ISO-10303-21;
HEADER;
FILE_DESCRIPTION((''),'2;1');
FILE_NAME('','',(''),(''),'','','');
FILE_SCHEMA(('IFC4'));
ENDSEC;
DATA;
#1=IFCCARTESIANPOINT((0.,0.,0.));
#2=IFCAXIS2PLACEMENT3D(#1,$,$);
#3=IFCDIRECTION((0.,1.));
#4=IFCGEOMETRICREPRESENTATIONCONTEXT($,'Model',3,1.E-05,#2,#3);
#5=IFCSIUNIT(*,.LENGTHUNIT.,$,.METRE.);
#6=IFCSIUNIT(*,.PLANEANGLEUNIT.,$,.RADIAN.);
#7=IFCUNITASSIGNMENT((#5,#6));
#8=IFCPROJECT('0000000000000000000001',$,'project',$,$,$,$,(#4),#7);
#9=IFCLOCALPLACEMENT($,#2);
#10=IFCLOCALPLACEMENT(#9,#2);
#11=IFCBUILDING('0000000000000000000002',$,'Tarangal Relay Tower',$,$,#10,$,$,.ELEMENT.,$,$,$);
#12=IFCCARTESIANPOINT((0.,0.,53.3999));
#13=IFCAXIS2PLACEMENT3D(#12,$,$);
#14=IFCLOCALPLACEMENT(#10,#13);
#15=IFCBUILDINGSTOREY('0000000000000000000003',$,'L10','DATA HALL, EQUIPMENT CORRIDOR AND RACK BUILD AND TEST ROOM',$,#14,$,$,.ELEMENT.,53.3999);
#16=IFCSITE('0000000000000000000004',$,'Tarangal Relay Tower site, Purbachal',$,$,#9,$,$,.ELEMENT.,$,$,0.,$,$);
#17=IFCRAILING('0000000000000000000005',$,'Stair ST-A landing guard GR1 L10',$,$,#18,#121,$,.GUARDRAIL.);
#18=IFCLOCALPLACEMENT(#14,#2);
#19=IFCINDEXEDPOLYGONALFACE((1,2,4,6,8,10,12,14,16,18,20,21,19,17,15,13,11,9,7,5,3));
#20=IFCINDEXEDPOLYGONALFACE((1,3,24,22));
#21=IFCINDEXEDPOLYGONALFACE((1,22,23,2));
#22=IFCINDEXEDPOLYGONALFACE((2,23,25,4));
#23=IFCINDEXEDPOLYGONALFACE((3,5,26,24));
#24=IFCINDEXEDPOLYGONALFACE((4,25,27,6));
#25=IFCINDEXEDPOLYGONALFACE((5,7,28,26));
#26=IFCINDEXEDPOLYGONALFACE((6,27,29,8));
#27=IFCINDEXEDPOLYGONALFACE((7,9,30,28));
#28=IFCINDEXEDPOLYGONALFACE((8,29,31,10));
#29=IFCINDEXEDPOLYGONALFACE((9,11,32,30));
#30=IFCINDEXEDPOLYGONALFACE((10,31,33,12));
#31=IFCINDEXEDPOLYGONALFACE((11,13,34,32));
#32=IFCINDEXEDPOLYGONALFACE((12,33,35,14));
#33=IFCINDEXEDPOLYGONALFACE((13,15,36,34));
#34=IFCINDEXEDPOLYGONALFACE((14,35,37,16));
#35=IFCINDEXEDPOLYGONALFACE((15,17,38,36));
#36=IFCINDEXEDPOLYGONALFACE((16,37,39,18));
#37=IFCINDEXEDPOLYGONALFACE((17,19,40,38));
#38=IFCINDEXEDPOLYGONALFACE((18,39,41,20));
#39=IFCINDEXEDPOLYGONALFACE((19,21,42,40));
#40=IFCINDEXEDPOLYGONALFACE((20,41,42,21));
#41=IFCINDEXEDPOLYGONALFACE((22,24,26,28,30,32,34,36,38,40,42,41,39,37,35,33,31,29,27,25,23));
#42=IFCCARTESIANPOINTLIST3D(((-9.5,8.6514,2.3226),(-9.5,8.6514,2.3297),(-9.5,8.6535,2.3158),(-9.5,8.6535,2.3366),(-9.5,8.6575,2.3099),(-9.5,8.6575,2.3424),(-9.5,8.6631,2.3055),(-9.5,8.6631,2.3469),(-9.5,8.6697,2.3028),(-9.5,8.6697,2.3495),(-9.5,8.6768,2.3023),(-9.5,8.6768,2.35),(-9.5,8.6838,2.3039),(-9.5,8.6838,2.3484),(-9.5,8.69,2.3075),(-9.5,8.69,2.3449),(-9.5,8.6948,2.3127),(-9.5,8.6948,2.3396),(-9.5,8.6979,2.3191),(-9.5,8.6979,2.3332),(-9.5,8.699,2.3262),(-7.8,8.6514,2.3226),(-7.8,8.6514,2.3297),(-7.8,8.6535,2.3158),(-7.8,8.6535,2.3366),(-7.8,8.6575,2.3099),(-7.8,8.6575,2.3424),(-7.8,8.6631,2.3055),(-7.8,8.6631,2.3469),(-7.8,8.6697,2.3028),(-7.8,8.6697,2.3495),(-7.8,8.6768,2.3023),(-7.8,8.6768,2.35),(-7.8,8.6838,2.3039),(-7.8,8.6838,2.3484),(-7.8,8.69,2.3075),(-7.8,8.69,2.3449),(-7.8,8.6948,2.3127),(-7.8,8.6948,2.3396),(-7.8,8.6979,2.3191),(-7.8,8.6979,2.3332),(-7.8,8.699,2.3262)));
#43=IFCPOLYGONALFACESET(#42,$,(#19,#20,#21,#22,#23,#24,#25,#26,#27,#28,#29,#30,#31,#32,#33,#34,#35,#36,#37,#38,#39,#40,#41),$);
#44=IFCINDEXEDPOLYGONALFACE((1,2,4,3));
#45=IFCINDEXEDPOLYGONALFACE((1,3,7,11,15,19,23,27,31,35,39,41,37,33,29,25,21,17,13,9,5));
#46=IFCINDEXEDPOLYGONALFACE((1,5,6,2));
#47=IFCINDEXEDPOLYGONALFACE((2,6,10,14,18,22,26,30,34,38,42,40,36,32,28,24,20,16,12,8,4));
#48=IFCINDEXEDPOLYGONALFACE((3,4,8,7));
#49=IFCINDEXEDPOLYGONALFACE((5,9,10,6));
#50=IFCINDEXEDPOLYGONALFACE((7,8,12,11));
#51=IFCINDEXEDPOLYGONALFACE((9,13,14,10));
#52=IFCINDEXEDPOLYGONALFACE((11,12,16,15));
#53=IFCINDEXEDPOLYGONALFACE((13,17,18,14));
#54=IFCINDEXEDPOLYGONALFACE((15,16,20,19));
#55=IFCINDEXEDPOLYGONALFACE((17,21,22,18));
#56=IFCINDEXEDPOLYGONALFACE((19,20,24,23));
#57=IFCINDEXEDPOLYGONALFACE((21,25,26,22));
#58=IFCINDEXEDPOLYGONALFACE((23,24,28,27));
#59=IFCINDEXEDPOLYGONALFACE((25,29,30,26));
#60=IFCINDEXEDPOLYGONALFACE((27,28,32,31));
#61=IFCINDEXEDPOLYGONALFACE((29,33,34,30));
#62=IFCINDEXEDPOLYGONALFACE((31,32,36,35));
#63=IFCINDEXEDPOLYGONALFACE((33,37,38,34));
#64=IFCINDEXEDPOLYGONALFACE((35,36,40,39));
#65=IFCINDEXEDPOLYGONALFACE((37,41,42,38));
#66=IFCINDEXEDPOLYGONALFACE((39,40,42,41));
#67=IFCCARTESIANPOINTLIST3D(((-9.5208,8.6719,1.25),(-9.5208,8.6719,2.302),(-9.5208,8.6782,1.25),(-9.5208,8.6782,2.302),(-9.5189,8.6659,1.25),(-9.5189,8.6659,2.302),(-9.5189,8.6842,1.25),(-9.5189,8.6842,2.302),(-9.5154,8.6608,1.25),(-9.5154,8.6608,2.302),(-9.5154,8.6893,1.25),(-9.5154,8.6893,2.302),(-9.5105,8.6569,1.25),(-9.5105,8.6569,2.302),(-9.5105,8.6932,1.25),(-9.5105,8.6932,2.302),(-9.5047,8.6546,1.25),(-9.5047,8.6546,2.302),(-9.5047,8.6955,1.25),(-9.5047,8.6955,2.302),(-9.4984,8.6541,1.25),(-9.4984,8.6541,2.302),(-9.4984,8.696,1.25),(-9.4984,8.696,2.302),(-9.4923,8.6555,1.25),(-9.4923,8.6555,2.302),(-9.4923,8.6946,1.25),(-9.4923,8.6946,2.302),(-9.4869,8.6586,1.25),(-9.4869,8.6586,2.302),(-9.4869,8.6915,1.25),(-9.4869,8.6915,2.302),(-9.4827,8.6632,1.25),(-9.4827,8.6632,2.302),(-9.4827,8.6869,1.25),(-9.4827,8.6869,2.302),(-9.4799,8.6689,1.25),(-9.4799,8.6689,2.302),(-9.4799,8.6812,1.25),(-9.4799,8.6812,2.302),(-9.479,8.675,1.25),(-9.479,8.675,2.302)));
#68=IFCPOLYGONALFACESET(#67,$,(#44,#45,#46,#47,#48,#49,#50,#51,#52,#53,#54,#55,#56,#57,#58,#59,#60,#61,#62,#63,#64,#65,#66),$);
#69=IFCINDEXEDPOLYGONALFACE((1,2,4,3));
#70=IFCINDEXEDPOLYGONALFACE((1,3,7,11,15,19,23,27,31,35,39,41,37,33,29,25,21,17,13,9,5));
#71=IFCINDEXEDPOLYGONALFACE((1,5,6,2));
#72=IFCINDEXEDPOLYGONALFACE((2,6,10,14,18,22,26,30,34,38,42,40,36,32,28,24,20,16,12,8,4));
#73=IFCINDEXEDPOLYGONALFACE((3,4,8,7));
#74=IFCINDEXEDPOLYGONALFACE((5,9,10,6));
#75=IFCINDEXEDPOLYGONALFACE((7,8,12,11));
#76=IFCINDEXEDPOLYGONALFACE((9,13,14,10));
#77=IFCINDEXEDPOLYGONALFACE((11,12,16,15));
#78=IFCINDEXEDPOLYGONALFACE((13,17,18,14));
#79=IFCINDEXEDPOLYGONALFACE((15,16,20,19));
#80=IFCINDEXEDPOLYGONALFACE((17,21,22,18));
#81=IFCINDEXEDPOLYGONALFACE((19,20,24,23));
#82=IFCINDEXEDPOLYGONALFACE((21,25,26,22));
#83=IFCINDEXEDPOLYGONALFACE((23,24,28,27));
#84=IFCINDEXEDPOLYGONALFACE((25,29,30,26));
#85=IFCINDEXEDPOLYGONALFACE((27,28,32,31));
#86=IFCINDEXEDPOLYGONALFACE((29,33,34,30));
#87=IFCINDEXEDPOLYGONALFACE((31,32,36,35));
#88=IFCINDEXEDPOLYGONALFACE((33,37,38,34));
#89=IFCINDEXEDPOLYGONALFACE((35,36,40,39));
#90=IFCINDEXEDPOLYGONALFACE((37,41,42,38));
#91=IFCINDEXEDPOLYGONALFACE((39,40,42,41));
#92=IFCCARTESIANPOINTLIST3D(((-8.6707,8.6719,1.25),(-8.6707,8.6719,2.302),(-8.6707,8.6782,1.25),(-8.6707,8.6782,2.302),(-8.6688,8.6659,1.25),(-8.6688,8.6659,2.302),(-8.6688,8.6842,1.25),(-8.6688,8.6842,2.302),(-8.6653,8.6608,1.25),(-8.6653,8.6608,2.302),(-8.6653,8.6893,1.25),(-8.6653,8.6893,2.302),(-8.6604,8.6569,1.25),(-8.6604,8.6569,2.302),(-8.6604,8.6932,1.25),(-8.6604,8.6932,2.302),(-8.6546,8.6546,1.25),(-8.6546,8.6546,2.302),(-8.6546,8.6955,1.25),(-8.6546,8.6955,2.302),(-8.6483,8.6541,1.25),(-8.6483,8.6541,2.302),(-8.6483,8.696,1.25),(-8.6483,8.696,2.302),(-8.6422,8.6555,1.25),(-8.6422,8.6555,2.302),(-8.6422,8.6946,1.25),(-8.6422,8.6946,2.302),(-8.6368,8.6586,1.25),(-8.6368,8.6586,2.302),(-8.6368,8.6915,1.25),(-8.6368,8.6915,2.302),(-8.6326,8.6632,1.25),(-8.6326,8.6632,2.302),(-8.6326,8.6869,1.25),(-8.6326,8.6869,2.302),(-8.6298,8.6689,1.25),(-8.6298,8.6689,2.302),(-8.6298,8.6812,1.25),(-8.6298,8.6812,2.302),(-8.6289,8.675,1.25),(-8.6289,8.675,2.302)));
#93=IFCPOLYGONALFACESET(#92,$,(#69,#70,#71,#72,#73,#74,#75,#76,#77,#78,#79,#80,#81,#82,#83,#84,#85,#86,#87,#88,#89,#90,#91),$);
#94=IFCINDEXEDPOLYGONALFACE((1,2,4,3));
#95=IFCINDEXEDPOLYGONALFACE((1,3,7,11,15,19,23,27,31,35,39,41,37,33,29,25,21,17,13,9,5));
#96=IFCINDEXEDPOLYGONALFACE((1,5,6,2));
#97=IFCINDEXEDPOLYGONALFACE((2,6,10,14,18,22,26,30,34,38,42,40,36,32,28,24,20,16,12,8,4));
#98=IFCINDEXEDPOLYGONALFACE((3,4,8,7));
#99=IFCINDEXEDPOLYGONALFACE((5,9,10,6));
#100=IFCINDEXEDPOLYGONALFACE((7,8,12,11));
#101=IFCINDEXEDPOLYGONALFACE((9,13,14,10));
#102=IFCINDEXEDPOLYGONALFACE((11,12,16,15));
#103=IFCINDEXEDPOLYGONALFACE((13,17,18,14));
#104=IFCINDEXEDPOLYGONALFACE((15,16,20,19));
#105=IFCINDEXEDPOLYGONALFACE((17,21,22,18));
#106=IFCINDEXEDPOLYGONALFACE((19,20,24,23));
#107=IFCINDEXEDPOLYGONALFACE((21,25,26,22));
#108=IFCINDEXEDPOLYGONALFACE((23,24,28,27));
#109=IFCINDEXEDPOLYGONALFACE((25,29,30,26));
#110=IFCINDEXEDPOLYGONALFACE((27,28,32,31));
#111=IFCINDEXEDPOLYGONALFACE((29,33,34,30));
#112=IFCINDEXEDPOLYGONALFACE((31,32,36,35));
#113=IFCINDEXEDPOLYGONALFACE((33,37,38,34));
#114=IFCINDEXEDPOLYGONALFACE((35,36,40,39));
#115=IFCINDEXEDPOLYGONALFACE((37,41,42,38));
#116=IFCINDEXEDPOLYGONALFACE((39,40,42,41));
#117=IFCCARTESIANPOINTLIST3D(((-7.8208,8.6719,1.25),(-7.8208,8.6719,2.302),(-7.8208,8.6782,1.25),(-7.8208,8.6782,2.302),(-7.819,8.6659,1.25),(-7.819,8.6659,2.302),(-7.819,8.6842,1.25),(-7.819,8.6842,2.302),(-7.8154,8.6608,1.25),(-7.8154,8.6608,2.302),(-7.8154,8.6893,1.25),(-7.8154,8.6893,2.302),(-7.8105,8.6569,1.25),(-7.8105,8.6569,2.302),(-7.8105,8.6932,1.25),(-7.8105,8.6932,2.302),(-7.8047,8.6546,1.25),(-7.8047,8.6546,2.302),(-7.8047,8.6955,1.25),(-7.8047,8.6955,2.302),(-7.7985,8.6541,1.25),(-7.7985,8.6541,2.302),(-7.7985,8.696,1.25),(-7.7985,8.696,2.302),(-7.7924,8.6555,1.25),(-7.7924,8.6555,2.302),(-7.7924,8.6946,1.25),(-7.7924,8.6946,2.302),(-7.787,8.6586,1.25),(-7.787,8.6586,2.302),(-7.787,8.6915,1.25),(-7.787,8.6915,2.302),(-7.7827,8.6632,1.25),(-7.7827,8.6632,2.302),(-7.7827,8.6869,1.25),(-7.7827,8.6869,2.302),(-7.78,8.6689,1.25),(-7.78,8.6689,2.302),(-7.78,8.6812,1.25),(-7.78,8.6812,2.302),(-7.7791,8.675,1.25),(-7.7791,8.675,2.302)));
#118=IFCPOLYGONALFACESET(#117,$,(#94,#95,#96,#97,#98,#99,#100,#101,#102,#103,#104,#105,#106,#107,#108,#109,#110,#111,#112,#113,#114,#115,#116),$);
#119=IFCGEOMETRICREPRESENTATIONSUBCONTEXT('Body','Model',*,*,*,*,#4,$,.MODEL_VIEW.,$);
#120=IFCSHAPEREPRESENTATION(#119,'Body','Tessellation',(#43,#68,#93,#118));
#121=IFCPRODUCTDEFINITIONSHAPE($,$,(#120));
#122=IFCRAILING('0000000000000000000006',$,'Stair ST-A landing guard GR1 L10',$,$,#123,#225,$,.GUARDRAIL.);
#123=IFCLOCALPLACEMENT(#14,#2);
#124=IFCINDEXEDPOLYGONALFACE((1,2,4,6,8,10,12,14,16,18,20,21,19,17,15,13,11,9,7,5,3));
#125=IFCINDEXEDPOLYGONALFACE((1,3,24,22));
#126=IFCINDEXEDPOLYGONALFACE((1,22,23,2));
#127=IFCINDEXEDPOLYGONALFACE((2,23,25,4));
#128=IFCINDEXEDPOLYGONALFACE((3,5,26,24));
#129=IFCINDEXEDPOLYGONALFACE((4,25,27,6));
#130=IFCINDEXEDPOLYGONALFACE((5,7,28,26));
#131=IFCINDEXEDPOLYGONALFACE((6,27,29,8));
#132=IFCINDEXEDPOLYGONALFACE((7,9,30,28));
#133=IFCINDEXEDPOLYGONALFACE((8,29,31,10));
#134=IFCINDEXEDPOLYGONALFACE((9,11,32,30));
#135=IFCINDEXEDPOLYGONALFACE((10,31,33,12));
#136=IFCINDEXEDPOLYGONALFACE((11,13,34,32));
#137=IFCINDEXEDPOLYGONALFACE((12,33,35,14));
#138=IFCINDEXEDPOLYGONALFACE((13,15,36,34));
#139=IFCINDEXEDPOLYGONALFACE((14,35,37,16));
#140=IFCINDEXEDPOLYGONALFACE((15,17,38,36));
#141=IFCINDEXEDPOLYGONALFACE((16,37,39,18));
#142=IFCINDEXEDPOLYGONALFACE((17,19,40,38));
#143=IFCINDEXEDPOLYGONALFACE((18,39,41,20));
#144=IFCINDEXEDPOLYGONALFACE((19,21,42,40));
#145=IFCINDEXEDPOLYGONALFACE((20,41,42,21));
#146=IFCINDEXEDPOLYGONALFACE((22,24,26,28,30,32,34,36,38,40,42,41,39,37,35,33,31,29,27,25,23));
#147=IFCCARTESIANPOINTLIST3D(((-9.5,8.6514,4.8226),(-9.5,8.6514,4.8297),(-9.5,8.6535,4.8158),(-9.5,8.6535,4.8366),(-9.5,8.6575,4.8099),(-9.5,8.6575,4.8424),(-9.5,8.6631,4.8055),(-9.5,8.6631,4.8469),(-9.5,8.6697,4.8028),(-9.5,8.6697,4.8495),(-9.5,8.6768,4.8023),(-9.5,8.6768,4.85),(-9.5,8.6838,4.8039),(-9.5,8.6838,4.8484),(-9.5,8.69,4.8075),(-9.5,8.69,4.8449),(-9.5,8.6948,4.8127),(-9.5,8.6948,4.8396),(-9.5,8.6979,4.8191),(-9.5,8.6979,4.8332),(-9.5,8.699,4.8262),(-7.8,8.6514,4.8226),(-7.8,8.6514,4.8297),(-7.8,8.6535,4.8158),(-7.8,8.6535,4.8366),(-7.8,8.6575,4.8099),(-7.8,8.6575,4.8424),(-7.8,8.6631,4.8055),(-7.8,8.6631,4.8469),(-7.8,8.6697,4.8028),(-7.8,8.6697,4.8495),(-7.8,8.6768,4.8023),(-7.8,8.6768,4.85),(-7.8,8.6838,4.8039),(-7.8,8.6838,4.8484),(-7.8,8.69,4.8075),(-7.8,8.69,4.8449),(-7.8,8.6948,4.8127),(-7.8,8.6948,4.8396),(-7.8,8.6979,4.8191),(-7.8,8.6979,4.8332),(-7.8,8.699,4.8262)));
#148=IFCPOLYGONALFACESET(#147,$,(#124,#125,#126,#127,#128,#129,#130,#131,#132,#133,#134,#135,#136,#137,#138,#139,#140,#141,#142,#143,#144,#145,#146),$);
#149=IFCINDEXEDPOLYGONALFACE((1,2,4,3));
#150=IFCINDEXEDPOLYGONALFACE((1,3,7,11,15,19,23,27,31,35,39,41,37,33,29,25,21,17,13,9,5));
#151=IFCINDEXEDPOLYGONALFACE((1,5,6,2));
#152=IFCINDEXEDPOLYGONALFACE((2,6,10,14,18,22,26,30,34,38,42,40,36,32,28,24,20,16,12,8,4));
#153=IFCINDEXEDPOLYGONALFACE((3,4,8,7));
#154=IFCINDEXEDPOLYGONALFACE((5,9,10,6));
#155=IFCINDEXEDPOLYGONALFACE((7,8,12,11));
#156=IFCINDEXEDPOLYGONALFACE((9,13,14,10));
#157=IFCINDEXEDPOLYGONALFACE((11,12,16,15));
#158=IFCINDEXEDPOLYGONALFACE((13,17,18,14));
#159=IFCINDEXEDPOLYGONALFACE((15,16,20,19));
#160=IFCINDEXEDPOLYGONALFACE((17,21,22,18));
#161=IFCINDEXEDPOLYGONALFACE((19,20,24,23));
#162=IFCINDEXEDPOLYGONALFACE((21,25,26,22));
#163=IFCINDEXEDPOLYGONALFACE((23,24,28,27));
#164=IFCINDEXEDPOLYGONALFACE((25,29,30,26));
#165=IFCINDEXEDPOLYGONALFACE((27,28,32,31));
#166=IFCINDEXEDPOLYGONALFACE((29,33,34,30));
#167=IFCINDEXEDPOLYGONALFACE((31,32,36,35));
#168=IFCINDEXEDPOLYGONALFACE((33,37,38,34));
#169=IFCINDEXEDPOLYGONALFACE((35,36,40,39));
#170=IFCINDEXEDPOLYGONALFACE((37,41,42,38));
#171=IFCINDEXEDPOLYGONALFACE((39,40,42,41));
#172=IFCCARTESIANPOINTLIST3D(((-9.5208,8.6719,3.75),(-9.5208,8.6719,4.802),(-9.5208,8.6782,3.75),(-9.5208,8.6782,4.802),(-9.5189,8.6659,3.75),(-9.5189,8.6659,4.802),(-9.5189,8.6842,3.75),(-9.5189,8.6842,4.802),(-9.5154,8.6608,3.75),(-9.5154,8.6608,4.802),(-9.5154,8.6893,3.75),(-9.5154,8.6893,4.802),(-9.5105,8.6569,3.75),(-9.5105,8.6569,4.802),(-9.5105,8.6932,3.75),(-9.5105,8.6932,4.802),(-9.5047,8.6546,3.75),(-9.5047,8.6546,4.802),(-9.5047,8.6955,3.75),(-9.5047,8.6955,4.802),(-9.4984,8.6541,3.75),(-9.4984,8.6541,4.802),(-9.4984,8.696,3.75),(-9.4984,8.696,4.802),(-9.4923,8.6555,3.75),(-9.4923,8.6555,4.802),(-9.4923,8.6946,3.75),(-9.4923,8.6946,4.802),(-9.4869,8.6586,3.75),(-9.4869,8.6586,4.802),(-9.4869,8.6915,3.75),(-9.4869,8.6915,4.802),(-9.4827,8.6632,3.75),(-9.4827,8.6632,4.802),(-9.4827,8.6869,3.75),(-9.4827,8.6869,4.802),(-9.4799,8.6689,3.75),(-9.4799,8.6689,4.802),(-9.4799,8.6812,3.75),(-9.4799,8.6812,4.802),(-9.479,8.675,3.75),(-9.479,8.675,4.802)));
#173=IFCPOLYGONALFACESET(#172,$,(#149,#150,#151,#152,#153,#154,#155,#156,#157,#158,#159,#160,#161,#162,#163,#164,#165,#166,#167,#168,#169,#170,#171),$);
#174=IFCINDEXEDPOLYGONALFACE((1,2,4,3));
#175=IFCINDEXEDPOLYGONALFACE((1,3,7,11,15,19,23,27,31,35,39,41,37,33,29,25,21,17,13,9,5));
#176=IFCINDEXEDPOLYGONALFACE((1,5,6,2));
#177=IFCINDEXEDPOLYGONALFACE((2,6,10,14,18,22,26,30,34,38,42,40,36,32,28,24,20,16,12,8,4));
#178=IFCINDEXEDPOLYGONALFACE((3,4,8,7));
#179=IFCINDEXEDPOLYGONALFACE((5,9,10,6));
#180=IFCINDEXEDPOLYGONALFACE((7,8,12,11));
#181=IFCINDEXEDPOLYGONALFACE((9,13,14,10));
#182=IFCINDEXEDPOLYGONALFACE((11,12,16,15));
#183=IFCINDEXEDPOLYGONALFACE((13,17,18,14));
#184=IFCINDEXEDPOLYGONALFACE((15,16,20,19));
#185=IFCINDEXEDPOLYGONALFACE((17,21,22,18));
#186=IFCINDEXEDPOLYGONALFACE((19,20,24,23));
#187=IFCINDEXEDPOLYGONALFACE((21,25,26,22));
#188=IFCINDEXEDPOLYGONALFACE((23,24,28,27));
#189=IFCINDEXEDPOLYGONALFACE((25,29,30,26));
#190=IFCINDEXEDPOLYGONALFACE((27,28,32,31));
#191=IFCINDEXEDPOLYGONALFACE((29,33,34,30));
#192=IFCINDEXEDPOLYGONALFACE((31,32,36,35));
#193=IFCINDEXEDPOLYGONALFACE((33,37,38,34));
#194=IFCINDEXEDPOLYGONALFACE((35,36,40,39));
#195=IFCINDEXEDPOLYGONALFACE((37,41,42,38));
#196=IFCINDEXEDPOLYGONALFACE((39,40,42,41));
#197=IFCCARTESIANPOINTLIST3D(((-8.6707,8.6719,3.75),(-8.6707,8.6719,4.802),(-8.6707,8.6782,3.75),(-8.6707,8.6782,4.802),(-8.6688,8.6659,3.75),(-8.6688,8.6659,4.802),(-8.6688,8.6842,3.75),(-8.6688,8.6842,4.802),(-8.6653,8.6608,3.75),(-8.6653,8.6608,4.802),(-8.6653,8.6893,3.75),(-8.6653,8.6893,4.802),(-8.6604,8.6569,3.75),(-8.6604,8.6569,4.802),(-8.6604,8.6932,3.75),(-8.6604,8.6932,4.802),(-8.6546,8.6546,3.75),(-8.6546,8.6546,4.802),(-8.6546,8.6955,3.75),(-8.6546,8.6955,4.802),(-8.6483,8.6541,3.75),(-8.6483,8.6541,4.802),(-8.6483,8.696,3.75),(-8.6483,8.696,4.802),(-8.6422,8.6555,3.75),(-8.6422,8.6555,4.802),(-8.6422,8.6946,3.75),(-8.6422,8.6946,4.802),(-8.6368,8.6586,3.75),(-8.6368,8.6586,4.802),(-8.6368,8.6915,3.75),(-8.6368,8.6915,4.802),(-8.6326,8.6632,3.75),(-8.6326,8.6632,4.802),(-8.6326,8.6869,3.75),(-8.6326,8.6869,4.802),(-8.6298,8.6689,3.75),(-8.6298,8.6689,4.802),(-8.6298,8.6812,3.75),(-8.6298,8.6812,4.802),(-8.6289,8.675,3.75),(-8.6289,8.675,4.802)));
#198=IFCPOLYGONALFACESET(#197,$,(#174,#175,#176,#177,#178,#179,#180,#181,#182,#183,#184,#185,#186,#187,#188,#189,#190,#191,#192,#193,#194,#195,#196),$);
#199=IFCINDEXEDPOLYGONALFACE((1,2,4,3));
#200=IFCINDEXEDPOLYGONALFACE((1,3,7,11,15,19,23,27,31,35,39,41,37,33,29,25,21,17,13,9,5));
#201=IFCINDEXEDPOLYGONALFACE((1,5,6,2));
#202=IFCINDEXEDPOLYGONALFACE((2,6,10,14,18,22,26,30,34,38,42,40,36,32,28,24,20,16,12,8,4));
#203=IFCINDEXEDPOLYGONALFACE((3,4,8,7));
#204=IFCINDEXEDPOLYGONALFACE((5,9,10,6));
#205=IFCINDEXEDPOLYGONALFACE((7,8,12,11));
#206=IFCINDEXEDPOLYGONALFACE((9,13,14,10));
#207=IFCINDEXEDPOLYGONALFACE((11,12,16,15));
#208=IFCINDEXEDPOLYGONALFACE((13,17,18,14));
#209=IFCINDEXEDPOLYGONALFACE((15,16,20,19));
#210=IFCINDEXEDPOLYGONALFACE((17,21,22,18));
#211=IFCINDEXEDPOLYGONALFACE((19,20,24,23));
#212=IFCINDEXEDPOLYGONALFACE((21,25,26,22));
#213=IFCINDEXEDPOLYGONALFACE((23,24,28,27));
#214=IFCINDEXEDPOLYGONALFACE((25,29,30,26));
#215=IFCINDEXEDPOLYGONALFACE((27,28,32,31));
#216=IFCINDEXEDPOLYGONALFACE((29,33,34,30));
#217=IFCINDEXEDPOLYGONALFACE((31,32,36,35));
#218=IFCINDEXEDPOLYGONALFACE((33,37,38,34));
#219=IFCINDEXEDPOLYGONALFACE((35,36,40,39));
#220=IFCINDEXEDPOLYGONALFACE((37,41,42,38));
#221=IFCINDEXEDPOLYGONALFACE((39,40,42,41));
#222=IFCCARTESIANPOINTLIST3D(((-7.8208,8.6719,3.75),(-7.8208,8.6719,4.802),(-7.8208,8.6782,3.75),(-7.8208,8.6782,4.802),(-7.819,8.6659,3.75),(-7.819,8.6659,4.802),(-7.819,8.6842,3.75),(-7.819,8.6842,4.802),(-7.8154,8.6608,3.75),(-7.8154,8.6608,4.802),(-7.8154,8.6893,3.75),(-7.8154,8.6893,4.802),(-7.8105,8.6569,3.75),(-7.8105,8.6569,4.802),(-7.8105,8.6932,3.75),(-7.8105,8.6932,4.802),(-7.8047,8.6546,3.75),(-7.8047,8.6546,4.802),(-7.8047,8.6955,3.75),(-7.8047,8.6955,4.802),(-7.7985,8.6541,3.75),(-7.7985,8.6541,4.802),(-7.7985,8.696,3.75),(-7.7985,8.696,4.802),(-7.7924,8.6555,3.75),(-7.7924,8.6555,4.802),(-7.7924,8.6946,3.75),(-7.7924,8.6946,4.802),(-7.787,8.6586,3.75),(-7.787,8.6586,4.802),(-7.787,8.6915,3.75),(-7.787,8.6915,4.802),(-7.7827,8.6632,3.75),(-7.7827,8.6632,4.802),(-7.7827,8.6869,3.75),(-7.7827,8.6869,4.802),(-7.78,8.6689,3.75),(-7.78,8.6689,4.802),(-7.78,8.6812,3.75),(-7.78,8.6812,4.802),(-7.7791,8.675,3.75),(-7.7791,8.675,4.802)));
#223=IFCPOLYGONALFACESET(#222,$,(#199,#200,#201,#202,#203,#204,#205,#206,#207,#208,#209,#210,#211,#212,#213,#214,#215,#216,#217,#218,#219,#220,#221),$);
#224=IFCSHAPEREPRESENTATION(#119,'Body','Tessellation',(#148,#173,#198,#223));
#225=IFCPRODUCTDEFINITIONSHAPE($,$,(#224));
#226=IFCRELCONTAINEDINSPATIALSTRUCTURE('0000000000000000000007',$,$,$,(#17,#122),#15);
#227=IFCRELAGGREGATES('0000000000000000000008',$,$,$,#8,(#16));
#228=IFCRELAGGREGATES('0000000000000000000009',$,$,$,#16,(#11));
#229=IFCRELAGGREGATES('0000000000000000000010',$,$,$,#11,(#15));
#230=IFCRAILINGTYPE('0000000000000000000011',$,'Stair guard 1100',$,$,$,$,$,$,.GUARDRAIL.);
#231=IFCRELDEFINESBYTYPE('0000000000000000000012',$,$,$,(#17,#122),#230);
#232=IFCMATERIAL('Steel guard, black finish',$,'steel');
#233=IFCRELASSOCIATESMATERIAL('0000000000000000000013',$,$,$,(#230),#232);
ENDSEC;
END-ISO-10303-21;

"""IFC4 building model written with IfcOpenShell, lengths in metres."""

from ifc_helpers import new_model, si_unit, direction, frame, origin, origin_2d, place, context, subcontext, project, spatial, circle, extrude, material, type_object, element, save


model = new_model("IFC4")

# Units and contexts
model_context = context("Model", 3, precision=1e-05, world=origin(), true_north=direction((0.0, 1.0)))
body_context = subcontext(model_context, "Body", "Model", "MODEL_VIEW")
ifc_project = project(units=[si_unit("LENGTHUNIT", "METRE"), si_unit("PLANEANGLEUNIT", "RADIAN")], contexts=[model_context])

# Site, building, storey
site_placement = place(None, origin())
site = spatial("IfcSite", under=ifc_project, at=site_placement, Name="Tarangal Relay Tower site, Purbachal", CompositionType="ELEMENT", RefElevation=0.0)
building_placement = place(site_placement, origin())
building = spatial("IfcBuilding", under=site, at=building_placement, Name="Tarangal Relay Tower", CompositionType="ELEMENT")
storey_placement = place(building_placement, frame((0.0, 0.0, 53.3999)))
storey = spatial("IfcBuildingStorey", under=building, at=storey_placement, Name="L10", Description="DATA HALL, EQUIPMENT CORRIDOR AND RACK BUILD AND TEST ROOM", CompositionType="ELEMENT", Elevation=53.3999)

# Railings
ifc_material_1 = material(Name="Steel guard, black finish", Category="steel")
railing_type_1 = type_object("IfcRailingType", Name="Stair guard 1100", PredefinedType="GUARDRAIL", material=ifc_material_1)
for number, where, name in (
    (1, (-9.5, 8.675, 1.25), "Stair ST-A landing guard GR1 L10"),
    (2, (-9.5, 8.675, 3.75), "Stair ST-A landing guard GR1 L10"),
):
    element("IfcRailing", number, at=place(storey_placement, frame(where)), inside=storey, type_object=railing_type_1, Name=name, PredefinedType="GUARDRAIL", context=body_context, shape_type="SweptSolid", body=[
        extrude(circle(Radius=0.0239, at=origin_2d()), frame((0.0, 0.0, 1.0762), z_axis=(1.0, 0.0, 0.0), x_axis=(0.0, 1.0, 0.0)), (0.0, 0.0, 1.0), 1.7),
        extrude(circle(Radius=0.021, at=origin_2d()), origin(), (0.0, 0.0, 1.0), 1.052),
        extrude(circle(Radius=0.021, at=origin_2d()), frame((0.8501, 0.0, 0.0)), (0.0, 0.0, 1.0), 1.052),
        extrude(circle(Radius=0.021, at=origin_2d()), frame((1.7, 0.0, 0.0)), (0.0, 0.0, 1.0), 1.052),
    ])

save(model, "model.ifc")
